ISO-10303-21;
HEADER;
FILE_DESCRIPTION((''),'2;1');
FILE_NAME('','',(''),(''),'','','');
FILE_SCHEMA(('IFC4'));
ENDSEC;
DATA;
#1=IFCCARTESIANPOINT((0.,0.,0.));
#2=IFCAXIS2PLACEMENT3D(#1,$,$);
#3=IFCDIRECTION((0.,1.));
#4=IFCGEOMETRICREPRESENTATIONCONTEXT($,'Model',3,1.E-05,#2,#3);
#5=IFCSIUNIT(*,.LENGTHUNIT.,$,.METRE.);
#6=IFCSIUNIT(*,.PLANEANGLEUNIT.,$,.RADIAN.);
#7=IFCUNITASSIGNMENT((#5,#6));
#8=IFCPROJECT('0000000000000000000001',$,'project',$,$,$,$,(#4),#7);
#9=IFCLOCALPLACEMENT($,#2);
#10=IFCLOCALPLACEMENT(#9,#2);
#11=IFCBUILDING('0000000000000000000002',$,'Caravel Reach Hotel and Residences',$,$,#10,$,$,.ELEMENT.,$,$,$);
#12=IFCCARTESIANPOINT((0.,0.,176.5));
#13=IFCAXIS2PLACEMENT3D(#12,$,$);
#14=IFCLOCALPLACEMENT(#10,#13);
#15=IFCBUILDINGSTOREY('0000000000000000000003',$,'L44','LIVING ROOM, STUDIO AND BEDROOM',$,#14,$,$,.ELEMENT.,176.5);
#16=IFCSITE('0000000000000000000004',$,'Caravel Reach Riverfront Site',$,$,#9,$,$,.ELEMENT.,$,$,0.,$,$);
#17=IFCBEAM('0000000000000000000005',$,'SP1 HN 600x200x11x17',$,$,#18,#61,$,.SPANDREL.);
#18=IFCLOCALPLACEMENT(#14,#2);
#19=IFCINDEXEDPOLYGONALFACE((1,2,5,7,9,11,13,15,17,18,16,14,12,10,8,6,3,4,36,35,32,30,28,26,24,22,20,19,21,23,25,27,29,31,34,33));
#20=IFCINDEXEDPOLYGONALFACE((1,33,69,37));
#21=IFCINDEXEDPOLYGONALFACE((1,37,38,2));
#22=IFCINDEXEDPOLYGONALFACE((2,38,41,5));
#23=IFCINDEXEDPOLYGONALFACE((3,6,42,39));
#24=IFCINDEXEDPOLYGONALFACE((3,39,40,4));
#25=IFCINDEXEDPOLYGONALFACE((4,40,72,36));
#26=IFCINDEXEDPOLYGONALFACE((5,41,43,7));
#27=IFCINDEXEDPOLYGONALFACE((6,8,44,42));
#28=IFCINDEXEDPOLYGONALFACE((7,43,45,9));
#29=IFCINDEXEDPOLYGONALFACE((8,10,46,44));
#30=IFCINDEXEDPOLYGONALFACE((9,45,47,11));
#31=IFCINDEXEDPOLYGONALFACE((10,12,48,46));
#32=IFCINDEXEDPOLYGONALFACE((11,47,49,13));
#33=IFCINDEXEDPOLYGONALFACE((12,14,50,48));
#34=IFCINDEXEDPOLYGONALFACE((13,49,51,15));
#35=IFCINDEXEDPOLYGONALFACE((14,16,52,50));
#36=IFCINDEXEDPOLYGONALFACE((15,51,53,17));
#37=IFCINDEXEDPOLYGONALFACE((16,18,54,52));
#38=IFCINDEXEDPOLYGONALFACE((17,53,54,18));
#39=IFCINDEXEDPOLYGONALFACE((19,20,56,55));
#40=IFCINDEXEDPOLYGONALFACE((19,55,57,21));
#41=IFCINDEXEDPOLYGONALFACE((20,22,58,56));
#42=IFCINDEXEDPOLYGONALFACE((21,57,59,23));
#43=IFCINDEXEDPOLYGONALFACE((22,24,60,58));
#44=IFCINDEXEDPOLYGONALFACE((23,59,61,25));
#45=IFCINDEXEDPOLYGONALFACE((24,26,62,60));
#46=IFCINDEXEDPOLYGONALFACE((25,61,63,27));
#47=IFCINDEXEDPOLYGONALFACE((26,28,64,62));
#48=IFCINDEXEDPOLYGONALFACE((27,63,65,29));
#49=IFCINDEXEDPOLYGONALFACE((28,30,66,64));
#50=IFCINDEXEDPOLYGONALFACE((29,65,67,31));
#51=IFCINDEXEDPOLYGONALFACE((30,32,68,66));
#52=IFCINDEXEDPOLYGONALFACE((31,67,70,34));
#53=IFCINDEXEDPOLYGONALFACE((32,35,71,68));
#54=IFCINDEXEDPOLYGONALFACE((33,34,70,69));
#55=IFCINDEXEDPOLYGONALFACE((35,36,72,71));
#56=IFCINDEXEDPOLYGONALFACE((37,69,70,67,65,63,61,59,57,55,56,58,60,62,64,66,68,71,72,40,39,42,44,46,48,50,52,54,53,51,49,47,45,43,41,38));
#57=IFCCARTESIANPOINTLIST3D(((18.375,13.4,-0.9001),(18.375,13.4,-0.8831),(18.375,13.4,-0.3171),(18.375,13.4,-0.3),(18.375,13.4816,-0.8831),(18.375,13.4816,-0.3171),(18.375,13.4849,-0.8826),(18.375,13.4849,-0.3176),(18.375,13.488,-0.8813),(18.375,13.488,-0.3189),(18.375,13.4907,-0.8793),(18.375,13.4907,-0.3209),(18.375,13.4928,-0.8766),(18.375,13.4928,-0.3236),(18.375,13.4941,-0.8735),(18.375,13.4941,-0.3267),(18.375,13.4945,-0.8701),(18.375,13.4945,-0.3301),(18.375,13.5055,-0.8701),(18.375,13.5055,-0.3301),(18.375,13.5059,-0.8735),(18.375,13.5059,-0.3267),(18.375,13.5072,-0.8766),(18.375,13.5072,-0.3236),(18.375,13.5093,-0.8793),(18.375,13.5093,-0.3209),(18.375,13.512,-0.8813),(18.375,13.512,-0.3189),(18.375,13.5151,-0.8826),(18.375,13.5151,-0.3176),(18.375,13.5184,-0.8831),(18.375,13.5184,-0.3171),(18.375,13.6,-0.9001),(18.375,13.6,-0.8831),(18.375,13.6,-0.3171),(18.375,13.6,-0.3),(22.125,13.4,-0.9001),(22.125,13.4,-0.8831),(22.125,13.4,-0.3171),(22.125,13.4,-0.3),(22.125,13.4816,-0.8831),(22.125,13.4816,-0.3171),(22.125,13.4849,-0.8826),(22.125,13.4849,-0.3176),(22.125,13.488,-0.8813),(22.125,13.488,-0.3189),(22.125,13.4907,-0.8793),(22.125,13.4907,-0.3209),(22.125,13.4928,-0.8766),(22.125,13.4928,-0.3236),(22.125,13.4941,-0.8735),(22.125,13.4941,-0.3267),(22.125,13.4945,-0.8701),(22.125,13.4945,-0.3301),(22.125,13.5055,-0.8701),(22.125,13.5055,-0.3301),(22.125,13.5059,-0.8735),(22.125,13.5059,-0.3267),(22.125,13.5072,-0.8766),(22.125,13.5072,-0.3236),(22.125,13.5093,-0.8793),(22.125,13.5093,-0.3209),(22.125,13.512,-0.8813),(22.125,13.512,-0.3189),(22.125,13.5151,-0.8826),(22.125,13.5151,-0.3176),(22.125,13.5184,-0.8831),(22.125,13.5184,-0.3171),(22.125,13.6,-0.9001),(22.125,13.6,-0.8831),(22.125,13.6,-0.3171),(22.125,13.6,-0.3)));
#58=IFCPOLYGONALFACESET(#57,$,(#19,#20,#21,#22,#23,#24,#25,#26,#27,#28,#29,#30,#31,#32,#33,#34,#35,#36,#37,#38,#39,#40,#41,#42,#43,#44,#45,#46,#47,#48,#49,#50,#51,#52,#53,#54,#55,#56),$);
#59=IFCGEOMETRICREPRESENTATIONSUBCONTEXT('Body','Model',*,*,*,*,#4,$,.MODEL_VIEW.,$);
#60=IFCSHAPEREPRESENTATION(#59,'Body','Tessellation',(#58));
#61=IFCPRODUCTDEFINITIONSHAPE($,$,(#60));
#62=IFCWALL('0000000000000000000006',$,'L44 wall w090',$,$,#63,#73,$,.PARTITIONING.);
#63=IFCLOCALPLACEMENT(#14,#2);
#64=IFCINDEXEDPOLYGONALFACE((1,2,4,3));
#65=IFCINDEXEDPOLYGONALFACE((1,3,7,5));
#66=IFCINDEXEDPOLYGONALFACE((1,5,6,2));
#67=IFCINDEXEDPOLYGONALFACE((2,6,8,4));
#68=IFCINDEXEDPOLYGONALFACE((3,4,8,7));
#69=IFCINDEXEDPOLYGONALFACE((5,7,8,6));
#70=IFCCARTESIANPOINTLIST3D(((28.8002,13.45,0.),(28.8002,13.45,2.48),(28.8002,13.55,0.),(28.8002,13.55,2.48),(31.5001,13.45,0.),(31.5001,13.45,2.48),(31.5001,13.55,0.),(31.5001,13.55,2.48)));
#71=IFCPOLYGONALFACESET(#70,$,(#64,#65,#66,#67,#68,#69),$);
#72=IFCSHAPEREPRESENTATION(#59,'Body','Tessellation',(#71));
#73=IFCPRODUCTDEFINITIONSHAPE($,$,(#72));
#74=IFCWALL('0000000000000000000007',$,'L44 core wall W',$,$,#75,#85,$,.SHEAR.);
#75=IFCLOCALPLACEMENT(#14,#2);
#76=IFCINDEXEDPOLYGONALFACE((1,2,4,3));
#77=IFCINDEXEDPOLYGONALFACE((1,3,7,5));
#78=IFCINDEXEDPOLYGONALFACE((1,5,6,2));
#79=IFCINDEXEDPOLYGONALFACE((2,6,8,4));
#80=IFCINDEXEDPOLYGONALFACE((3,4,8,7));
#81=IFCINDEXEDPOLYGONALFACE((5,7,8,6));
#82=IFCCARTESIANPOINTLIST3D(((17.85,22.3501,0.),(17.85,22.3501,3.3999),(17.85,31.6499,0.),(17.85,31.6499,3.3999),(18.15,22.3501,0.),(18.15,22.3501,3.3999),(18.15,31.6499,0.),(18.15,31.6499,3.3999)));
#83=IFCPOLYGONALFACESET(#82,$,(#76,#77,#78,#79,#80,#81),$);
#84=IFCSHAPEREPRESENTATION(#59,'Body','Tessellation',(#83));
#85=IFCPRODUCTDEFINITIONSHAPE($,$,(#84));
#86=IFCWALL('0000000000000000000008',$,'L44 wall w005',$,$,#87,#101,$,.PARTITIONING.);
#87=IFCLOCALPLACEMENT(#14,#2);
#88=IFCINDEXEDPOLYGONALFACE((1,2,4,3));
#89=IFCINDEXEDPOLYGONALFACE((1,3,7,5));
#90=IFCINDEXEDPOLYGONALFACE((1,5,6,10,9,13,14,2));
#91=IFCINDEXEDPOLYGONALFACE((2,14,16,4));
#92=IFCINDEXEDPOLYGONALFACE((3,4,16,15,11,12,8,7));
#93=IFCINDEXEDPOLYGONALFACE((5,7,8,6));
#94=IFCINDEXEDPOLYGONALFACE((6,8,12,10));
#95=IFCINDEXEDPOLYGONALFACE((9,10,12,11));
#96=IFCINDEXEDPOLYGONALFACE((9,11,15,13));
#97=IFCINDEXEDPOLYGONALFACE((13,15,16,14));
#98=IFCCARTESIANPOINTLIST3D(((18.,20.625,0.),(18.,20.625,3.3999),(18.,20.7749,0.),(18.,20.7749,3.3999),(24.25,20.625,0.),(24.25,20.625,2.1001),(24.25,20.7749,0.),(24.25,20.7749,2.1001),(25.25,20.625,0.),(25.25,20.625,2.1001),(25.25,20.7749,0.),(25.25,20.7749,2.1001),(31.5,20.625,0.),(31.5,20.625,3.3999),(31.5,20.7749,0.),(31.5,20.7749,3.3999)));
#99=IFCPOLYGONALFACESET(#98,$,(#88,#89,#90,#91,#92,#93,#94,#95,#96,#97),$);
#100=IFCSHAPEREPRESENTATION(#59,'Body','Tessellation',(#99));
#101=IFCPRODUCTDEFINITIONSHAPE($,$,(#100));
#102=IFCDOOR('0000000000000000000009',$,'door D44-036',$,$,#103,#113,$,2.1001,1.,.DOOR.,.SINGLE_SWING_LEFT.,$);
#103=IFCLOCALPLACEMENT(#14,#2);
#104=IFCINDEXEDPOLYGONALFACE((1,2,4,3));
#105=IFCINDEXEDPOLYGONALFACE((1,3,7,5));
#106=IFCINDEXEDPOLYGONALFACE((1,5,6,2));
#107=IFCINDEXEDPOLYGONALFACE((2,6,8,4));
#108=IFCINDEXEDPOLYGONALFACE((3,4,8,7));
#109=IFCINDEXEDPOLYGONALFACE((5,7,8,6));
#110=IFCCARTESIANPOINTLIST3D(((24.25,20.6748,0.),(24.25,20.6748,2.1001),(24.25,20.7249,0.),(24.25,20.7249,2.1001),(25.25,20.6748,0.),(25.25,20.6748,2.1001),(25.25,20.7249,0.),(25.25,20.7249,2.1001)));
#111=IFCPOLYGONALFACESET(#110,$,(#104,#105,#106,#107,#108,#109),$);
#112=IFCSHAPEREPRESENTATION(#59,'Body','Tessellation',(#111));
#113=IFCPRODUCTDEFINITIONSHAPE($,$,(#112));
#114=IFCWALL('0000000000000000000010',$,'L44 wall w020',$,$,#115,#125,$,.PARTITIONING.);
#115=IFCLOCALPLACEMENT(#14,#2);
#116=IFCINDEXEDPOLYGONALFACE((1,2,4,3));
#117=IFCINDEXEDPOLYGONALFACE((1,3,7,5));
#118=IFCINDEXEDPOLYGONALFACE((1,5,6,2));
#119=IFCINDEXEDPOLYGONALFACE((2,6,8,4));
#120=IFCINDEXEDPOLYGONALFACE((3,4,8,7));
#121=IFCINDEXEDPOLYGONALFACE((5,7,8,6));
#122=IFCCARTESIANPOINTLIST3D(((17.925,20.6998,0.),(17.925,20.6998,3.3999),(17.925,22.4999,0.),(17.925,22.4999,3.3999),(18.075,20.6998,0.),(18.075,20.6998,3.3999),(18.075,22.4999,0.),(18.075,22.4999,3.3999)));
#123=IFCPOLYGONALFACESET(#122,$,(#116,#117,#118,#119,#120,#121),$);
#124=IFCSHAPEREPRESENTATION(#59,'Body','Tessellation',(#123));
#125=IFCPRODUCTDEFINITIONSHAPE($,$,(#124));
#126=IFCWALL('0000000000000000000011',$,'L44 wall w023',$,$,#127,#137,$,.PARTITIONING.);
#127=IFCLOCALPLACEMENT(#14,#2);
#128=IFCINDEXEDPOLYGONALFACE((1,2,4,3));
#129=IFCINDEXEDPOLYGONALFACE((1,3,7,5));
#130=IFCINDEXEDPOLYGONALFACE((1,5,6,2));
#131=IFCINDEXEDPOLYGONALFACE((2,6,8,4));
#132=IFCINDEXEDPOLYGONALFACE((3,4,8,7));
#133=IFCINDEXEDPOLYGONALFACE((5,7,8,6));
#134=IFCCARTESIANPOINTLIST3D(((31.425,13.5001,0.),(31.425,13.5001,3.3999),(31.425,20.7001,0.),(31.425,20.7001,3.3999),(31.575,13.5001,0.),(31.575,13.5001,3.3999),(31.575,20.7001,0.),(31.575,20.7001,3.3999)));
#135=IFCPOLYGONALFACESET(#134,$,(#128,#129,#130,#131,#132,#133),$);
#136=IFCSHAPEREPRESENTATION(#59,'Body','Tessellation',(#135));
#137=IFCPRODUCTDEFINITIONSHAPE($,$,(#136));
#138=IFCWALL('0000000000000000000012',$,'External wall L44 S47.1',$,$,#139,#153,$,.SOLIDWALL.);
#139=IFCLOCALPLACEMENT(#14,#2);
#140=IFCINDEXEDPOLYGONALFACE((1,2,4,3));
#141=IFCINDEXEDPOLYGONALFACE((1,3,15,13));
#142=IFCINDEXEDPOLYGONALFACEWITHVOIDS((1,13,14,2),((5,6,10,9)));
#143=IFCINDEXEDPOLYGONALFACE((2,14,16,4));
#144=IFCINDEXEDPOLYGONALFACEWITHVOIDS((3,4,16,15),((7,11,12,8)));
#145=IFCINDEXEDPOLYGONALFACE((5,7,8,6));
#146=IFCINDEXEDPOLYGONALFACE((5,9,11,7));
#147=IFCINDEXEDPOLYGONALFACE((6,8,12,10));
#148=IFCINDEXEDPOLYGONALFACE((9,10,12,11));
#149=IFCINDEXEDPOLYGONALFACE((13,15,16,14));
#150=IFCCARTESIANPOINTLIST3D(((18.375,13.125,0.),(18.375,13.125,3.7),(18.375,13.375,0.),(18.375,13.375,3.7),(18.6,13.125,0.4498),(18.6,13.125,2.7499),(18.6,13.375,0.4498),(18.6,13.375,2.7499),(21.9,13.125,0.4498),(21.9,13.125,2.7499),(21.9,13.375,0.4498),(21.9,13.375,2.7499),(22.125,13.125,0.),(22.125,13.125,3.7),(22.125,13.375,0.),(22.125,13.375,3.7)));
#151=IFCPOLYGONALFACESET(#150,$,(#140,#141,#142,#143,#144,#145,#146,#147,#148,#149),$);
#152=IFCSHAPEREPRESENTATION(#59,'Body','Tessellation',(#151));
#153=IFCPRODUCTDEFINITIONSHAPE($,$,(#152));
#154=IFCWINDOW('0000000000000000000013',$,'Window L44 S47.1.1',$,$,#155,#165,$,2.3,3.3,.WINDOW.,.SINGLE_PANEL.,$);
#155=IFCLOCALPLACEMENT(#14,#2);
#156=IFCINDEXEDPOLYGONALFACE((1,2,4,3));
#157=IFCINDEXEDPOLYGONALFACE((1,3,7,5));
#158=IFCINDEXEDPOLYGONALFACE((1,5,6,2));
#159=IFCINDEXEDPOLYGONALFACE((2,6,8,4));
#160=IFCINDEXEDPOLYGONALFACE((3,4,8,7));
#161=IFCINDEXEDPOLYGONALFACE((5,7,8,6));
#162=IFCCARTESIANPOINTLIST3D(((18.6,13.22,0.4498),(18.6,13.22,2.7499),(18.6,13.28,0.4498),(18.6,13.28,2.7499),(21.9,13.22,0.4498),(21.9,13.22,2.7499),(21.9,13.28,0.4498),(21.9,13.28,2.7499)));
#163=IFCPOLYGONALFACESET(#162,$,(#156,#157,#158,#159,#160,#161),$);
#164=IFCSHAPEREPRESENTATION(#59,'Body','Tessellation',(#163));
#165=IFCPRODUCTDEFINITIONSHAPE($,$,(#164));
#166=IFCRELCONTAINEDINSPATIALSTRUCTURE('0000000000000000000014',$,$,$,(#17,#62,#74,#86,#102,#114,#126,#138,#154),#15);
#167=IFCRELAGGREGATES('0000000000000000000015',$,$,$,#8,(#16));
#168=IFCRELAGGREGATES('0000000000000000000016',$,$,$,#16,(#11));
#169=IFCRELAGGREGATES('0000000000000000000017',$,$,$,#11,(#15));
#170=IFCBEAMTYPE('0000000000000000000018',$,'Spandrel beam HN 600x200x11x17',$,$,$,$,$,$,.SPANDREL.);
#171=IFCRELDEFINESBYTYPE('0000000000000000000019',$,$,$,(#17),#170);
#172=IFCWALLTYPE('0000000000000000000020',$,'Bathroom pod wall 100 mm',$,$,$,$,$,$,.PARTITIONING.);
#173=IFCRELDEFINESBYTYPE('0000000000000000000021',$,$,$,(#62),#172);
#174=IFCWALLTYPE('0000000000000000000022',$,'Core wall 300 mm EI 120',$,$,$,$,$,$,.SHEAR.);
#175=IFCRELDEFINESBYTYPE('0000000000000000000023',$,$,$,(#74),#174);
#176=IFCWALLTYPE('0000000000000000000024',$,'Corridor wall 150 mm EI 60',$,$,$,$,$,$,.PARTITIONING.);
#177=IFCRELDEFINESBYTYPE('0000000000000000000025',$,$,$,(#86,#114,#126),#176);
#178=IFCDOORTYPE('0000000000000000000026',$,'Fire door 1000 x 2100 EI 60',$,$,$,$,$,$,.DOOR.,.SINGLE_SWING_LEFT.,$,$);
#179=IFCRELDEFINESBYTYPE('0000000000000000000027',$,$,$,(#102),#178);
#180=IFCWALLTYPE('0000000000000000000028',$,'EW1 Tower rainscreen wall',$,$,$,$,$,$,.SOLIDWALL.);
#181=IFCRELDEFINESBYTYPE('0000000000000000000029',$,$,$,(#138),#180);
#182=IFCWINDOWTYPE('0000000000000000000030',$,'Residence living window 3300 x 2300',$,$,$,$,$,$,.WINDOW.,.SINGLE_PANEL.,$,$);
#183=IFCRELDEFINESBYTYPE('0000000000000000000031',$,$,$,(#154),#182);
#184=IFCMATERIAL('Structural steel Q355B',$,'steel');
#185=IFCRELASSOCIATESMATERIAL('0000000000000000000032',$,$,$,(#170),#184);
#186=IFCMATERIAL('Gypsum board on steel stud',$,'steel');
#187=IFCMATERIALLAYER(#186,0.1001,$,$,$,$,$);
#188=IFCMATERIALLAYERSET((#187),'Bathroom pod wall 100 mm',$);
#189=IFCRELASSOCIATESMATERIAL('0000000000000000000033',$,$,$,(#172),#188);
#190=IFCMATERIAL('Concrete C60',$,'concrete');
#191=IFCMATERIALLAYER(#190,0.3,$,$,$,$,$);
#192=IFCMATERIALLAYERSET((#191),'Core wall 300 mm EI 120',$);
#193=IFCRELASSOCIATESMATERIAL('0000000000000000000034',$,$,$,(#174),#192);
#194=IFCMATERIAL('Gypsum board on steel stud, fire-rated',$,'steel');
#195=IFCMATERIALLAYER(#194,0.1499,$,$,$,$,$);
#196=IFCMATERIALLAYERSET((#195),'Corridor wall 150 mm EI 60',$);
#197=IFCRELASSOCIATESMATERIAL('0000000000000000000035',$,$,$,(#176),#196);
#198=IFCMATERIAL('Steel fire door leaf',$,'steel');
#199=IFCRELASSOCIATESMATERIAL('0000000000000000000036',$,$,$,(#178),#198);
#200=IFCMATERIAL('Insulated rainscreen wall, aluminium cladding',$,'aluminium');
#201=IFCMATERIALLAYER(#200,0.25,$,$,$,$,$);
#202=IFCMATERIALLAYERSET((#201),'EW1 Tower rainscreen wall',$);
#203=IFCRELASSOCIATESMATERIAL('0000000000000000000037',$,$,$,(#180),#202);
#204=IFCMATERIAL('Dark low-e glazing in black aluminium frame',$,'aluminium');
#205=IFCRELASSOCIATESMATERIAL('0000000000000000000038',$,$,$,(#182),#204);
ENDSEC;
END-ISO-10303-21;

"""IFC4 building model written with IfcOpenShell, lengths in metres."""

from ifc_helpers import new_model, si_unit, direction, frame, frame_2d, origin, origin_2d, place, context, subcontext, project, spatial, rectangle, i_section, extrude, material, layer, layer_set, material_profile, profile_set, type_object, element, fill, save


model = new_model("IFC4")

# Units and contexts
model_context = context("Model", 3, precision=1e-05, world=origin(), true_north=direction((0.0, 1.0)))
body_context = subcontext(model_context, "Body", "Model", "MODEL_VIEW")
ifc_project = project(units=[si_unit("LENGTHUNIT", "METRE"), si_unit("PLANEANGLEUNIT", "RADIAN")], contexts=[model_context])

# Site, building, storey
site_placement = place(None, origin())
site = spatial("IfcSite", under=ifc_project, at=site_placement, Name="Caravel Reach Riverfront Site", CompositionType="ELEMENT", RefElevation=0.0)
building_placement = place(site_placement, origin())
building = spatial("IfcBuilding", under=site, at=building_placement, Name="Caravel Reach Hotel and Residences", CompositionType="ELEMENT")
storey_placement = place(building_placement, frame((0.0, 0.0, 176.5)))
storey = spatial("IfcBuildingStorey", under=building, at=storey_placement, Name="L44", Description="LIVING ROOM, STUDIO AND BEDROOM", CompositionType="ELEMENT", Elevation=176.5)

# Beam
ifc_material_1 = material(Name="Structural steel Q355B", Category="steel")
ifc_material_profile_1 = material_profile(ifc_material_1, i_section(OverallWidth=0.2, OverallDepth=0.6001, WebThickness=0.011, FlangeThickness=0.0171, FilletRadius=0.0129, at=origin_2d()), Name="HN 600x200x11x17")
ifc_profile_set_1 = profile_set([ifc_material_profile_1], Name="Structural steel Q355B")
beam_type_1 = type_object("IfcBeamType", Name="Spandrel beam HN 600x200x11x17", PredefinedType="SPANDREL", material=ifc_profile_set_1)
beam_1_placement = place(storey_placement, frame((18.375, 13.5, -0.6001), z_axis=(1.0, 0.0, 0.0), x_axis=(0.0, 1.0, 0.0)))
element("IfcBeam", 1, at=beam_1_placement, inside=storey, type_object=beam_type_1, Name="SP1 HN 600x200x11x17", PredefinedType="SPANDREL", context=body_context, shape_type="SweptSolid", body=[
    extrude(i_section(OverallWidth=0.2, OverallDepth=0.6001, WebThickness=0.011, FlangeThickness=0.0171, FilletRadius=0.0129, at=origin_2d()), origin(), (0.0, 0.0, 1.0), 3.75),
])

# Walls
ifc_material_2 = material(Name="Gypsum board on steel stud", Category="steel")
ifc_layer_1 = layer(ifc_material_2, 0.1001)
ifc_layer_set_1 = layer_set([ifc_layer_1], Name="Bathroom pod wall 100 mm")
wall_type_1 = type_object("IfcWallType", Name="Bathroom pod wall 100 mm", PredefinedType="PARTITIONING", material=ifc_layer_set_1)
wall_1_placement = place(storey_placement, frame((28.8, 13.5, 0.0), z_axis=(0.0, 0.0, 1.0), x_axis=(1.0, 0.0, 0.0)))
element("IfcWall", 2, at=wall_1_placement, inside=storey, type_object=wall_type_1, Name="L44 wall w090", PredefinedType="PARTITIONING", context=body_context, shape_type="SweptSolid", body=[
    extrude(rectangle(XDim=2.7, YDim=0.1001, at=frame_2d((1.3501, 0.0))), origin(), (0.0, 0.0, 1.0), 2.48),
])
ifc_material_3 = material(Name="Concrete C60", Category="concrete")
ifc_layer_2 = layer(ifc_material_3, 0.3)
ifc_layer_set_2 = layer_set([ifc_layer_2], Name="Core wall 300 mm EI 120")
wall_type_2 = type_object("IfcWallType", Name="Core wall 300 mm EI 120", PredefinedType="SHEAR", material=ifc_layer_set_2)
wall_2_placement = place(storey_placement, frame((18.0, 22.3501, 0.0), z_axis=(0.0, 0.0, 1.0), x_axis=(0.0, 1.0, 0.0)))
element("IfcWall", 3, at=wall_2_placement, inside=storey, type_object=wall_type_2, Name="L44 core wall W", PredefinedType="SHEAR", context=body_context, shape_type="SweptSolid", body=[
    extrude(rectangle(XDim=9.2998, YDim=0.3, at=frame_2d((4.6499, 0.0))), origin(), (0.0, 0.0, 1.0), 3.3999),
])

# Wall, opening, door
ifc_material_4 = material(Name="Gypsum board on steel stud, fire-rated", Category="steel")
ifc_layer_3 = layer(ifc_material_4, 0.1499)
ifc_layer_set_3 = layer_set([ifc_layer_3], Name="Corridor wall 150 mm EI 60")
wall_type_3 = type_object("IfcWallType", Name="Corridor wall 150 mm EI 60", PredefinedType="PARTITIONING", material=ifc_layer_set_3)
wall_3_placement = place(storey_placement, frame((18.0, 20.7, 0.0), z_axis=(0.0, 0.0, 1.0), x_axis=(1.0, 0.0, 0.0)))
wall_3 = element("IfcWall", 4, at=wall_3_placement, inside=storey, type_object=wall_type_3, Name="L44 wall w005", PredefinedType="PARTITIONING", context=body_context, shape_type="SweptSolid", body=[
    extrude(rectangle(XDim=13.5, YDim=0.1499, at=frame_2d((6.75, 0.0))), origin(), (0.0, 0.0, 1.0), 3.3999),
])
opening_1_placement = place(wall_3_placement, frame((6.25, 0.0, 0.0)))
opening_1 = element("IfcOpeningElement", 5, at=opening_1_placement, cuts=wall_3, PredefinedType="OPENING", context=body_context, shape_type="SweptSolid", body=[
    extrude(rectangle(XDim=1.0, YDim=2.1001, at=frame_2d((0.5, 1.05))), frame((0.0, 0.085, 0.0), z_axis=(0.0, -1.0, 0.0), x_axis=(1.0, 0.0, 0.0)), (0.0, 0.0, 1.0), 0.1699),
])
ifc_material_5 = material(Name="Steel fire door leaf", Category="steel")
door_type = type_object("IfcDoorType", Name="Fire door 1000 x 2100 EI 60", OperationType="SINGLE_SWING_LEFT", PredefinedType="DOOR", material=ifc_material_5)
door_placement = place(opening_1_placement, origin())
door = element("IfcDoor", 6, at=door_placement, inside=storey, type_object=door_type, Name="door D44-036", OperationType="SINGLE_SWING_LEFT", OverallHeight=2.1001, OverallWidth=1.0, PredefinedType="DOOR", context=body_context, shape_type="SweptSolid", body=[
    extrude(rectangle(XDim=1.0, YDim=2.1001, at=frame_2d((0.5, 1.05))), frame((0.0, 0.0249, 0.0), z_axis=(0.0, -1.0, 0.0), x_axis=(1.0, 0.0, 0.0)), (0.0, 0.0, 1.0), 0.05),
])
fill(opening_1, door)

# Walls
wall_4_placement = place(storey_placement, frame((18.0, 20.7, 0.0), z_axis=(0.0, 0.0, 1.0), x_axis=(0.0, 1.0, 0.0)))
element("IfcWall", 7, at=wall_4_placement, inside=storey, type_object=wall_type_3, Name="L44 wall w020", PredefinedType="PARTITIONING", context=body_context, shape_type="SweptSolid", body=[
    extrude(rectangle(XDim=1.8, YDim=0.1499, at=frame_2d((0.8999, 0.0))), origin(), (0.0, 0.0, 1.0), 3.3999),
])
wall_5_placement = place(storey_placement, frame((31.5, 13.5, 0.0), z_axis=(0.0, 0.0, 1.0), x_axis=(0.0, 1.0, 0.0)))
element("IfcWall", 8, at=wall_5_placement, inside=storey, type_object=wall_type_3, Name="L44 wall w023", PredefinedType="PARTITIONING", context=body_context, shape_type="SweptSolid", body=[
    extrude(rectangle(XDim=7.2, YDim=0.1499, at=frame_2d((3.6001, 0.0))), origin(), (0.0, 0.0, 1.0), 3.3999),
])

# Wall, opening, window
ifc_material_6 = material(Name="Insulated rainscreen wall, aluminium cladding", Category="aluminium")
ifc_layer_4 = layer(ifc_material_6, 0.25)
ifc_layer_set_4 = layer_set([ifc_layer_4], Name="EW1 Tower rainscreen wall")
wall_type_4 = type_object("IfcWallType", Name="EW1 Tower rainscreen wall", PredefinedType="SOLIDWALL", material=ifc_layer_set_4)
wall_6_placement = place(storey_placement, frame((18.375, 13.25, 0.0), z_axis=(0.0, 0.0, 1.0), x_axis=(1.0, 0.0, 0.0)))
wall_6 = element("IfcWall", 9, at=wall_6_placement, inside=storey, type_object=wall_type_4, Name="External wall L44 S47.1", PredefinedType="SOLIDWALL", context=body_context, shape_type="SweptSolid", body=[
    extrude(rectangle(XDim=3.75, YDim=0.25, at=frame_2d((1.875, 0.0))), origin(), (0.0, 0.0, 1.0), 3.7),
])
opening_2_placement = place(wall_6_placement, frame((0.2251, 0.0, 0.45)))
opening_2 = element("IfcOpeningElement", 10, at=opening_2_placement, cuts=wall_6, PredefinedType="OPENING", context=body_context, shape_type="SweptSolid", body=[
    extrude(rectangle(XDim=3.3, YDim=2.3, at=frame_2d((1.6499, 1.1499))), frame((0.0, 0.135, 0.0), z_axis=(0.0, -1.0, 0.0), x_axis=(1.0, 0.0, 0.0)), (0.0, 0.0, 1.0), 0.27),
])
ifc_material_7 = material(Name="Dark low-e glazing in black aluminium frame", Category="aluminium")
window_type = type_object("IfcWindowType", Name="Residence living window 3300 x 2300", PartitioningType="SINGLE_PANEL", PredefinedType="WINDOW", material=ifc_material_7)
window_placement = place(opening_2_placement, origin())
window = element("IfcWindow", 11, at=window_placement, inside=storey, type_object=window_type, Name="Window L44 S47.1.1", OverallHeight=2.3, OverallWidth=3.3, PartitioningType="SINGLE_PANEL", PredefinedType="WINDOW", context=body_context, shape_type="SweptSolid", body=[
    extrude(rectangle(XDim=3.3, YDim=2.3, at=frame_2d((1.6499, 1.1499))), frame((0.0, 0.03, 0.0), z_axis=(0.0, -1.0, 0.0), x_axis=(1.0, 0.0, 0.0)), (0.0, 0.0, 1.0), 0.0601),
])
fill(opening_2, window)

save(model, "model.ifc")
